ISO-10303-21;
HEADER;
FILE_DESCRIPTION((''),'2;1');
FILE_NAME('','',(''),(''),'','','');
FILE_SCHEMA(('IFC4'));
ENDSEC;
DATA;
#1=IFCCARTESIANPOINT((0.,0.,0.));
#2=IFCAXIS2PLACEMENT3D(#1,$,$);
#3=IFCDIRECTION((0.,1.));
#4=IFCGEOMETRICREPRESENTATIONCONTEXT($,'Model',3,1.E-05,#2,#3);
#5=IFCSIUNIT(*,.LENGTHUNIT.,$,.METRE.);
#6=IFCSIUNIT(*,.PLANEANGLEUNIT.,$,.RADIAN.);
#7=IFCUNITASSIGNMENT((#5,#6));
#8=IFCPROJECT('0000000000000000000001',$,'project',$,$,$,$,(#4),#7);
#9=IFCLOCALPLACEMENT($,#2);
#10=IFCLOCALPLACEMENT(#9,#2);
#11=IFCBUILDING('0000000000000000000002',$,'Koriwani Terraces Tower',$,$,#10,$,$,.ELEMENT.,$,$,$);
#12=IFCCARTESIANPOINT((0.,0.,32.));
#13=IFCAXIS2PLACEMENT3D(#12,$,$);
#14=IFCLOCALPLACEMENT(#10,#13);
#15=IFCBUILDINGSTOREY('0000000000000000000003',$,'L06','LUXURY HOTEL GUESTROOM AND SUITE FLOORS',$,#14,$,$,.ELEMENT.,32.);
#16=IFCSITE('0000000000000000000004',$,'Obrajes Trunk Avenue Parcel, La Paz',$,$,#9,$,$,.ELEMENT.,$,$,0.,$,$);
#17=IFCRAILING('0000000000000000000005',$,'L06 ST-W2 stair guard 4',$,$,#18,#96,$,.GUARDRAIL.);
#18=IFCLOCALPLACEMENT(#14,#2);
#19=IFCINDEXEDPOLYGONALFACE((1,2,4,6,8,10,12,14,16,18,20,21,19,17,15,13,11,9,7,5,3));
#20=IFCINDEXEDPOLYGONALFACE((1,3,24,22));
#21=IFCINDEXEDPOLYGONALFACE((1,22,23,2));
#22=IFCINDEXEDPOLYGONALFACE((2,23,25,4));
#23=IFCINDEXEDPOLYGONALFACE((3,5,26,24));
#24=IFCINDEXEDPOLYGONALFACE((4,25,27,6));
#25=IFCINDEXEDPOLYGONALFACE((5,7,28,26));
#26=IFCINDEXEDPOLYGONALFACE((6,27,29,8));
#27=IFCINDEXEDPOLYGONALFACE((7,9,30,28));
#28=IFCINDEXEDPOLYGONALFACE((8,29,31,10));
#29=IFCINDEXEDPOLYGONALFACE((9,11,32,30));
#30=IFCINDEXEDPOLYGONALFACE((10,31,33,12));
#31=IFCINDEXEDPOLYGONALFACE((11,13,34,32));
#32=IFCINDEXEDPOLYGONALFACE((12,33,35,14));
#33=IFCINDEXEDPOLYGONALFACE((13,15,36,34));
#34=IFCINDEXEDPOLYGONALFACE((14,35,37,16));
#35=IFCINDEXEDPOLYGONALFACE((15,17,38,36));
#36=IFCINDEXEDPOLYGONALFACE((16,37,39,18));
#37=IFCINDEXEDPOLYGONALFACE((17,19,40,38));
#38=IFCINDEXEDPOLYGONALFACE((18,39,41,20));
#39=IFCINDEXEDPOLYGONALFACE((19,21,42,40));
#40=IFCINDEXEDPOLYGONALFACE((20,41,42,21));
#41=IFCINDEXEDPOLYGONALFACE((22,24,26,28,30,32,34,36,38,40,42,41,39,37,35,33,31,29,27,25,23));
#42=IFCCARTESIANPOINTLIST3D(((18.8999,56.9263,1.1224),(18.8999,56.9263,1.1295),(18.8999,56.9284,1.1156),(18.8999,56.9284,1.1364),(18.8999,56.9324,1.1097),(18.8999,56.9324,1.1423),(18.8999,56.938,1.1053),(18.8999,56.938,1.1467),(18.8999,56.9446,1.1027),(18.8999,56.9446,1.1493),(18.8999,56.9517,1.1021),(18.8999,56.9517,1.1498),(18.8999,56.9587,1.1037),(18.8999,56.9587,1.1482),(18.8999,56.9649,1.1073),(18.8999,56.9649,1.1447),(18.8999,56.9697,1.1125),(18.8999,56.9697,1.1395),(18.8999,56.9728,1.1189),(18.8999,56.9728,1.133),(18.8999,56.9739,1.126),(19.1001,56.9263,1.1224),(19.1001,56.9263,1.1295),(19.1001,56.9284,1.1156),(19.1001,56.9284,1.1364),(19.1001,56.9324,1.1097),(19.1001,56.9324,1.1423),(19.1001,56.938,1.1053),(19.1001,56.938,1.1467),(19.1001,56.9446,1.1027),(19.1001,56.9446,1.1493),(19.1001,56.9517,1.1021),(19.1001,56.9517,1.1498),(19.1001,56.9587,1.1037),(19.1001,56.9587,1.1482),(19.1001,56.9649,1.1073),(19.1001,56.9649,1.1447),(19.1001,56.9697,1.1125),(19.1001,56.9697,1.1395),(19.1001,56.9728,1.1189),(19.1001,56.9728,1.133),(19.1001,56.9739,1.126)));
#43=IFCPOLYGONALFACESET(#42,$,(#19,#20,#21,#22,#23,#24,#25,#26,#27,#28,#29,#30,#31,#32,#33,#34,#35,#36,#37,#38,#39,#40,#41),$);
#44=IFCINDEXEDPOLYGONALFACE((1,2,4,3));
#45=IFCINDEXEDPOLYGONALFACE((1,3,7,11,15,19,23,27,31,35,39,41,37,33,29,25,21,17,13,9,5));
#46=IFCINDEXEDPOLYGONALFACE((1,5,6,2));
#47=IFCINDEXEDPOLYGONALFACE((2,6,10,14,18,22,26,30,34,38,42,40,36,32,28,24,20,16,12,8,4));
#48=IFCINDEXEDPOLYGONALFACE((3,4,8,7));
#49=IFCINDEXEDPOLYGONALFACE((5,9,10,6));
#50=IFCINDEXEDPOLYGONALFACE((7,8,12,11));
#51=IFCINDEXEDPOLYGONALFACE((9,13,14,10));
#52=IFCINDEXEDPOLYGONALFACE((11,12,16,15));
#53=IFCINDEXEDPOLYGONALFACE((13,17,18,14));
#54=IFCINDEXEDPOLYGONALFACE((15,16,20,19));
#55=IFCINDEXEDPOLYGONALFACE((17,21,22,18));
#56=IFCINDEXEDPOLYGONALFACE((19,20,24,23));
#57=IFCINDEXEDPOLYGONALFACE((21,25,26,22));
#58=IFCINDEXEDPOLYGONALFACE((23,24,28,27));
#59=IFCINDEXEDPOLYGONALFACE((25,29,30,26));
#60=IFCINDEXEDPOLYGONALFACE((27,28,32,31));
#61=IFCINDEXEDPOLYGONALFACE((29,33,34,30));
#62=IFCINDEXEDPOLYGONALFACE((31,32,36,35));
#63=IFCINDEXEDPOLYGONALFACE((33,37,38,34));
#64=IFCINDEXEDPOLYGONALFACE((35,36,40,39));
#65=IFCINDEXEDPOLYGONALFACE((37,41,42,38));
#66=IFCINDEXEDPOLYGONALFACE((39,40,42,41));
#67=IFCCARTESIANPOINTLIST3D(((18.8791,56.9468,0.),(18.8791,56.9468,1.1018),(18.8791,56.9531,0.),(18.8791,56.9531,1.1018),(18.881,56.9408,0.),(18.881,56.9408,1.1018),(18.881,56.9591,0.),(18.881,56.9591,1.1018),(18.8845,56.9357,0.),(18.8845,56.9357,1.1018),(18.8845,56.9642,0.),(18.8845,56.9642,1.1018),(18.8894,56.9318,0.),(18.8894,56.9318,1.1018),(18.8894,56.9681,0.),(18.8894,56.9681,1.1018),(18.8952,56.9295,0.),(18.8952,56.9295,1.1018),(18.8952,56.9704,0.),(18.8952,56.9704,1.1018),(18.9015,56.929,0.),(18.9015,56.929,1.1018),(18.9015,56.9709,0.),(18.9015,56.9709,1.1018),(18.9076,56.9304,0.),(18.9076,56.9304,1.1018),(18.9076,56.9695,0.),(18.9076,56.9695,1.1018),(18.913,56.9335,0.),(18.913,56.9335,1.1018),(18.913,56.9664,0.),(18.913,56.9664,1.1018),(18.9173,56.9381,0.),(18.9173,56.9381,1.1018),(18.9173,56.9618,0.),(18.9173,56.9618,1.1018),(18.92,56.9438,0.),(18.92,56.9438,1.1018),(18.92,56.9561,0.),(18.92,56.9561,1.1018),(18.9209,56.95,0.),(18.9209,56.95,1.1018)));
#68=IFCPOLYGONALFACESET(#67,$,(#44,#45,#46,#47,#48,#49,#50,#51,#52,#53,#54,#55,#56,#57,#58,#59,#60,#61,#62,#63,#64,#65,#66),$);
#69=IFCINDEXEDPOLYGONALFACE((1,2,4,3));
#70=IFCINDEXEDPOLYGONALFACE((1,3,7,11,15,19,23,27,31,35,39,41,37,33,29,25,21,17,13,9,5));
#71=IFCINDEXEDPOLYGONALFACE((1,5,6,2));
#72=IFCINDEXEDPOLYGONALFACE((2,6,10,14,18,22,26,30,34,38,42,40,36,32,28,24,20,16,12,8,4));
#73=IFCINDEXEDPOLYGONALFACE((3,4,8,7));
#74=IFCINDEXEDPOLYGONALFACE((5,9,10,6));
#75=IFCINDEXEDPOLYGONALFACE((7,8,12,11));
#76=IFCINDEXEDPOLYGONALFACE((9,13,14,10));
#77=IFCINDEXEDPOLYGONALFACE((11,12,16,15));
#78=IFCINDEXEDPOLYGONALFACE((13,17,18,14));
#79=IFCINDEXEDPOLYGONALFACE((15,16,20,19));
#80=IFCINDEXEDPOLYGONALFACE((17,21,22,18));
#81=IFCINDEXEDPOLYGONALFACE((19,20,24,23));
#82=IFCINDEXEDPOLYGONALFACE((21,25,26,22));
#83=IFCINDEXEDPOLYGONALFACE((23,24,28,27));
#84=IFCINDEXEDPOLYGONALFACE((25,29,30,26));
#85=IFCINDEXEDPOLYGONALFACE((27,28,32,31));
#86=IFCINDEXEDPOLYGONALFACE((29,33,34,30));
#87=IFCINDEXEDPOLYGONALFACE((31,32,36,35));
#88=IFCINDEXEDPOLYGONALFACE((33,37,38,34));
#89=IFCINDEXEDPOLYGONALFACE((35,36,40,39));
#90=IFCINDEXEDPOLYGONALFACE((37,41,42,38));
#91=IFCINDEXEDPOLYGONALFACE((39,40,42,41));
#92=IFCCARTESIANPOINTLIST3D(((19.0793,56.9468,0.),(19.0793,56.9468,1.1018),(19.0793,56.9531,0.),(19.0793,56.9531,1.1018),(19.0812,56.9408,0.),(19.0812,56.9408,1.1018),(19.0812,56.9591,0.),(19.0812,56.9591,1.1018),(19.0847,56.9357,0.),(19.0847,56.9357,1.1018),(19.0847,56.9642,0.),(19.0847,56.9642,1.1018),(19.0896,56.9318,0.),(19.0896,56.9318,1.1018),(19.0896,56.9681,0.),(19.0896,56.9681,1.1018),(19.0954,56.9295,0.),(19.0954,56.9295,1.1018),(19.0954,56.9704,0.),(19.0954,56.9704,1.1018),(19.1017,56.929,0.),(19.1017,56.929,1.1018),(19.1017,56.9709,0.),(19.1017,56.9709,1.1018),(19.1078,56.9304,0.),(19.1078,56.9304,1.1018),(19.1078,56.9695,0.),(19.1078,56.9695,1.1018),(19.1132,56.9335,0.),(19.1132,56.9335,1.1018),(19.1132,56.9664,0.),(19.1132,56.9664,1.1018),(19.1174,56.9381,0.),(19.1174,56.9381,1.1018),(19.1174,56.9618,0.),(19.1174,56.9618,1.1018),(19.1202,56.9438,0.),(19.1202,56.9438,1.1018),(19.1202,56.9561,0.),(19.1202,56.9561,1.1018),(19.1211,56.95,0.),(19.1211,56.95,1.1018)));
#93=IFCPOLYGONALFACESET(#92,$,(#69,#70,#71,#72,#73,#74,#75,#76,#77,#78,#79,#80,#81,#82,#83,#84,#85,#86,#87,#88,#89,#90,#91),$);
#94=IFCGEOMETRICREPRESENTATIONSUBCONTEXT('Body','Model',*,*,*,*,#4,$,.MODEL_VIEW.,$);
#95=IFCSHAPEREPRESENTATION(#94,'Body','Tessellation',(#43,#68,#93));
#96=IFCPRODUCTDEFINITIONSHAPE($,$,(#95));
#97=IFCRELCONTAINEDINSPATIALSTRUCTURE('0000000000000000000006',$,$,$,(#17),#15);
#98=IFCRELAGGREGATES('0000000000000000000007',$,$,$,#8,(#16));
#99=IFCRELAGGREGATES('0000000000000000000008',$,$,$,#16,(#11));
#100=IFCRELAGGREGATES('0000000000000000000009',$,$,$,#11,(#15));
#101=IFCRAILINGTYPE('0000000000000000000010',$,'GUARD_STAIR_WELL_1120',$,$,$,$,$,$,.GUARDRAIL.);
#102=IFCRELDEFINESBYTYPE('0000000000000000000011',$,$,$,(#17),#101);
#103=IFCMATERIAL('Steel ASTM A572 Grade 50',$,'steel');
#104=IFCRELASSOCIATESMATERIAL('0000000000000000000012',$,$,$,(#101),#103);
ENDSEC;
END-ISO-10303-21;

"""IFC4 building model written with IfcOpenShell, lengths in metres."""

from ifc_helpers import new_model, si_unit, direction, frame, origin, origin_2d, place, context, subcontext, project, spatial, circle, extrude, material, type_object, element, save


model = new_model("IFC4")

# Units and contexts
model_context = context("Model", 3, precision=1e-05, world=origin(), true_north=direction((0.0, 1.0)))
body_context = subcontext(model_context, "Body", "Model", "MODEL_VIEW")
ifc_project = project(units=[si_unit("LENGTHUNIT", "METRE"), si_unit("PLANEANGLEUNIT", "RADIAN")], contexts=[model_context])

# Site, building, storey
site_placement = place(None, origin())
site = spatial("IfcSite", under=ifc_project, at=site_placement, Name="Obrajes Trunk Avenue Parcel, La Paz", CompositionType="ELEMENT", RefElevation=0.0)
building_placement = place(site_placement, origin())
building = spatial("IfcBuilding", under=site, at=building_placement, Name="Koriwani Terraces Tower", CompositionType="ELEMENT")
storey_placement = place(building_placement, frame((0.0, 0.0, 32.0)))
storey = spatial("IfcBuildingStorey", under=building, at=storey_placement, Name="L06", Description="LUXURY HOTEL GUESTROOM AND SUITE FLOORS", CompositionType="ELEMENT", Elevation=32.0)

# Shared definitions
ifc_material_1 = material(Name="Steel ASTM A572 Grade 50", Category="steel")

# Railing
railing_type_1 = type_object("IfcRailingType", Name="GUARD_STAIR_WELL_1120", PredefinedType="GUARDRAIL", material=ifc_material_1)
railing_1_placement = place(storey_placement, frame((18.8999, 56.95, 0.0)))
element("IfcRailing", 1, at=railing_1_placement, inside=storey, type_object=railing_type_1, Name="L06 ST-W2 stair guard 4", PredefinedType="GUARDRAIL", context=body_context, shape_type="SweptSolid", body=[
    extrude(circle(Radius=0.0239, at=origin_2d()), frame((0.0, 0.0, 1.126), z_axis=(1.0, 0.0, 0.0), x_axis=(0.0, 1.0, 0.0)), (0.0, 0.0, 1.0), 0.2002),
    extrude(circle(Radius=0.021, at=origin_2d()), origin(), (0.0, 0.0, 1.0), 1.1018),
    extrude(circle(Radius=0.021, at=origin_2d()), frame((0.2002, 0.0, 0.0)), (0.0, 0.0, 1.0), 1.1018),
])

save(model, "model.ifc")
